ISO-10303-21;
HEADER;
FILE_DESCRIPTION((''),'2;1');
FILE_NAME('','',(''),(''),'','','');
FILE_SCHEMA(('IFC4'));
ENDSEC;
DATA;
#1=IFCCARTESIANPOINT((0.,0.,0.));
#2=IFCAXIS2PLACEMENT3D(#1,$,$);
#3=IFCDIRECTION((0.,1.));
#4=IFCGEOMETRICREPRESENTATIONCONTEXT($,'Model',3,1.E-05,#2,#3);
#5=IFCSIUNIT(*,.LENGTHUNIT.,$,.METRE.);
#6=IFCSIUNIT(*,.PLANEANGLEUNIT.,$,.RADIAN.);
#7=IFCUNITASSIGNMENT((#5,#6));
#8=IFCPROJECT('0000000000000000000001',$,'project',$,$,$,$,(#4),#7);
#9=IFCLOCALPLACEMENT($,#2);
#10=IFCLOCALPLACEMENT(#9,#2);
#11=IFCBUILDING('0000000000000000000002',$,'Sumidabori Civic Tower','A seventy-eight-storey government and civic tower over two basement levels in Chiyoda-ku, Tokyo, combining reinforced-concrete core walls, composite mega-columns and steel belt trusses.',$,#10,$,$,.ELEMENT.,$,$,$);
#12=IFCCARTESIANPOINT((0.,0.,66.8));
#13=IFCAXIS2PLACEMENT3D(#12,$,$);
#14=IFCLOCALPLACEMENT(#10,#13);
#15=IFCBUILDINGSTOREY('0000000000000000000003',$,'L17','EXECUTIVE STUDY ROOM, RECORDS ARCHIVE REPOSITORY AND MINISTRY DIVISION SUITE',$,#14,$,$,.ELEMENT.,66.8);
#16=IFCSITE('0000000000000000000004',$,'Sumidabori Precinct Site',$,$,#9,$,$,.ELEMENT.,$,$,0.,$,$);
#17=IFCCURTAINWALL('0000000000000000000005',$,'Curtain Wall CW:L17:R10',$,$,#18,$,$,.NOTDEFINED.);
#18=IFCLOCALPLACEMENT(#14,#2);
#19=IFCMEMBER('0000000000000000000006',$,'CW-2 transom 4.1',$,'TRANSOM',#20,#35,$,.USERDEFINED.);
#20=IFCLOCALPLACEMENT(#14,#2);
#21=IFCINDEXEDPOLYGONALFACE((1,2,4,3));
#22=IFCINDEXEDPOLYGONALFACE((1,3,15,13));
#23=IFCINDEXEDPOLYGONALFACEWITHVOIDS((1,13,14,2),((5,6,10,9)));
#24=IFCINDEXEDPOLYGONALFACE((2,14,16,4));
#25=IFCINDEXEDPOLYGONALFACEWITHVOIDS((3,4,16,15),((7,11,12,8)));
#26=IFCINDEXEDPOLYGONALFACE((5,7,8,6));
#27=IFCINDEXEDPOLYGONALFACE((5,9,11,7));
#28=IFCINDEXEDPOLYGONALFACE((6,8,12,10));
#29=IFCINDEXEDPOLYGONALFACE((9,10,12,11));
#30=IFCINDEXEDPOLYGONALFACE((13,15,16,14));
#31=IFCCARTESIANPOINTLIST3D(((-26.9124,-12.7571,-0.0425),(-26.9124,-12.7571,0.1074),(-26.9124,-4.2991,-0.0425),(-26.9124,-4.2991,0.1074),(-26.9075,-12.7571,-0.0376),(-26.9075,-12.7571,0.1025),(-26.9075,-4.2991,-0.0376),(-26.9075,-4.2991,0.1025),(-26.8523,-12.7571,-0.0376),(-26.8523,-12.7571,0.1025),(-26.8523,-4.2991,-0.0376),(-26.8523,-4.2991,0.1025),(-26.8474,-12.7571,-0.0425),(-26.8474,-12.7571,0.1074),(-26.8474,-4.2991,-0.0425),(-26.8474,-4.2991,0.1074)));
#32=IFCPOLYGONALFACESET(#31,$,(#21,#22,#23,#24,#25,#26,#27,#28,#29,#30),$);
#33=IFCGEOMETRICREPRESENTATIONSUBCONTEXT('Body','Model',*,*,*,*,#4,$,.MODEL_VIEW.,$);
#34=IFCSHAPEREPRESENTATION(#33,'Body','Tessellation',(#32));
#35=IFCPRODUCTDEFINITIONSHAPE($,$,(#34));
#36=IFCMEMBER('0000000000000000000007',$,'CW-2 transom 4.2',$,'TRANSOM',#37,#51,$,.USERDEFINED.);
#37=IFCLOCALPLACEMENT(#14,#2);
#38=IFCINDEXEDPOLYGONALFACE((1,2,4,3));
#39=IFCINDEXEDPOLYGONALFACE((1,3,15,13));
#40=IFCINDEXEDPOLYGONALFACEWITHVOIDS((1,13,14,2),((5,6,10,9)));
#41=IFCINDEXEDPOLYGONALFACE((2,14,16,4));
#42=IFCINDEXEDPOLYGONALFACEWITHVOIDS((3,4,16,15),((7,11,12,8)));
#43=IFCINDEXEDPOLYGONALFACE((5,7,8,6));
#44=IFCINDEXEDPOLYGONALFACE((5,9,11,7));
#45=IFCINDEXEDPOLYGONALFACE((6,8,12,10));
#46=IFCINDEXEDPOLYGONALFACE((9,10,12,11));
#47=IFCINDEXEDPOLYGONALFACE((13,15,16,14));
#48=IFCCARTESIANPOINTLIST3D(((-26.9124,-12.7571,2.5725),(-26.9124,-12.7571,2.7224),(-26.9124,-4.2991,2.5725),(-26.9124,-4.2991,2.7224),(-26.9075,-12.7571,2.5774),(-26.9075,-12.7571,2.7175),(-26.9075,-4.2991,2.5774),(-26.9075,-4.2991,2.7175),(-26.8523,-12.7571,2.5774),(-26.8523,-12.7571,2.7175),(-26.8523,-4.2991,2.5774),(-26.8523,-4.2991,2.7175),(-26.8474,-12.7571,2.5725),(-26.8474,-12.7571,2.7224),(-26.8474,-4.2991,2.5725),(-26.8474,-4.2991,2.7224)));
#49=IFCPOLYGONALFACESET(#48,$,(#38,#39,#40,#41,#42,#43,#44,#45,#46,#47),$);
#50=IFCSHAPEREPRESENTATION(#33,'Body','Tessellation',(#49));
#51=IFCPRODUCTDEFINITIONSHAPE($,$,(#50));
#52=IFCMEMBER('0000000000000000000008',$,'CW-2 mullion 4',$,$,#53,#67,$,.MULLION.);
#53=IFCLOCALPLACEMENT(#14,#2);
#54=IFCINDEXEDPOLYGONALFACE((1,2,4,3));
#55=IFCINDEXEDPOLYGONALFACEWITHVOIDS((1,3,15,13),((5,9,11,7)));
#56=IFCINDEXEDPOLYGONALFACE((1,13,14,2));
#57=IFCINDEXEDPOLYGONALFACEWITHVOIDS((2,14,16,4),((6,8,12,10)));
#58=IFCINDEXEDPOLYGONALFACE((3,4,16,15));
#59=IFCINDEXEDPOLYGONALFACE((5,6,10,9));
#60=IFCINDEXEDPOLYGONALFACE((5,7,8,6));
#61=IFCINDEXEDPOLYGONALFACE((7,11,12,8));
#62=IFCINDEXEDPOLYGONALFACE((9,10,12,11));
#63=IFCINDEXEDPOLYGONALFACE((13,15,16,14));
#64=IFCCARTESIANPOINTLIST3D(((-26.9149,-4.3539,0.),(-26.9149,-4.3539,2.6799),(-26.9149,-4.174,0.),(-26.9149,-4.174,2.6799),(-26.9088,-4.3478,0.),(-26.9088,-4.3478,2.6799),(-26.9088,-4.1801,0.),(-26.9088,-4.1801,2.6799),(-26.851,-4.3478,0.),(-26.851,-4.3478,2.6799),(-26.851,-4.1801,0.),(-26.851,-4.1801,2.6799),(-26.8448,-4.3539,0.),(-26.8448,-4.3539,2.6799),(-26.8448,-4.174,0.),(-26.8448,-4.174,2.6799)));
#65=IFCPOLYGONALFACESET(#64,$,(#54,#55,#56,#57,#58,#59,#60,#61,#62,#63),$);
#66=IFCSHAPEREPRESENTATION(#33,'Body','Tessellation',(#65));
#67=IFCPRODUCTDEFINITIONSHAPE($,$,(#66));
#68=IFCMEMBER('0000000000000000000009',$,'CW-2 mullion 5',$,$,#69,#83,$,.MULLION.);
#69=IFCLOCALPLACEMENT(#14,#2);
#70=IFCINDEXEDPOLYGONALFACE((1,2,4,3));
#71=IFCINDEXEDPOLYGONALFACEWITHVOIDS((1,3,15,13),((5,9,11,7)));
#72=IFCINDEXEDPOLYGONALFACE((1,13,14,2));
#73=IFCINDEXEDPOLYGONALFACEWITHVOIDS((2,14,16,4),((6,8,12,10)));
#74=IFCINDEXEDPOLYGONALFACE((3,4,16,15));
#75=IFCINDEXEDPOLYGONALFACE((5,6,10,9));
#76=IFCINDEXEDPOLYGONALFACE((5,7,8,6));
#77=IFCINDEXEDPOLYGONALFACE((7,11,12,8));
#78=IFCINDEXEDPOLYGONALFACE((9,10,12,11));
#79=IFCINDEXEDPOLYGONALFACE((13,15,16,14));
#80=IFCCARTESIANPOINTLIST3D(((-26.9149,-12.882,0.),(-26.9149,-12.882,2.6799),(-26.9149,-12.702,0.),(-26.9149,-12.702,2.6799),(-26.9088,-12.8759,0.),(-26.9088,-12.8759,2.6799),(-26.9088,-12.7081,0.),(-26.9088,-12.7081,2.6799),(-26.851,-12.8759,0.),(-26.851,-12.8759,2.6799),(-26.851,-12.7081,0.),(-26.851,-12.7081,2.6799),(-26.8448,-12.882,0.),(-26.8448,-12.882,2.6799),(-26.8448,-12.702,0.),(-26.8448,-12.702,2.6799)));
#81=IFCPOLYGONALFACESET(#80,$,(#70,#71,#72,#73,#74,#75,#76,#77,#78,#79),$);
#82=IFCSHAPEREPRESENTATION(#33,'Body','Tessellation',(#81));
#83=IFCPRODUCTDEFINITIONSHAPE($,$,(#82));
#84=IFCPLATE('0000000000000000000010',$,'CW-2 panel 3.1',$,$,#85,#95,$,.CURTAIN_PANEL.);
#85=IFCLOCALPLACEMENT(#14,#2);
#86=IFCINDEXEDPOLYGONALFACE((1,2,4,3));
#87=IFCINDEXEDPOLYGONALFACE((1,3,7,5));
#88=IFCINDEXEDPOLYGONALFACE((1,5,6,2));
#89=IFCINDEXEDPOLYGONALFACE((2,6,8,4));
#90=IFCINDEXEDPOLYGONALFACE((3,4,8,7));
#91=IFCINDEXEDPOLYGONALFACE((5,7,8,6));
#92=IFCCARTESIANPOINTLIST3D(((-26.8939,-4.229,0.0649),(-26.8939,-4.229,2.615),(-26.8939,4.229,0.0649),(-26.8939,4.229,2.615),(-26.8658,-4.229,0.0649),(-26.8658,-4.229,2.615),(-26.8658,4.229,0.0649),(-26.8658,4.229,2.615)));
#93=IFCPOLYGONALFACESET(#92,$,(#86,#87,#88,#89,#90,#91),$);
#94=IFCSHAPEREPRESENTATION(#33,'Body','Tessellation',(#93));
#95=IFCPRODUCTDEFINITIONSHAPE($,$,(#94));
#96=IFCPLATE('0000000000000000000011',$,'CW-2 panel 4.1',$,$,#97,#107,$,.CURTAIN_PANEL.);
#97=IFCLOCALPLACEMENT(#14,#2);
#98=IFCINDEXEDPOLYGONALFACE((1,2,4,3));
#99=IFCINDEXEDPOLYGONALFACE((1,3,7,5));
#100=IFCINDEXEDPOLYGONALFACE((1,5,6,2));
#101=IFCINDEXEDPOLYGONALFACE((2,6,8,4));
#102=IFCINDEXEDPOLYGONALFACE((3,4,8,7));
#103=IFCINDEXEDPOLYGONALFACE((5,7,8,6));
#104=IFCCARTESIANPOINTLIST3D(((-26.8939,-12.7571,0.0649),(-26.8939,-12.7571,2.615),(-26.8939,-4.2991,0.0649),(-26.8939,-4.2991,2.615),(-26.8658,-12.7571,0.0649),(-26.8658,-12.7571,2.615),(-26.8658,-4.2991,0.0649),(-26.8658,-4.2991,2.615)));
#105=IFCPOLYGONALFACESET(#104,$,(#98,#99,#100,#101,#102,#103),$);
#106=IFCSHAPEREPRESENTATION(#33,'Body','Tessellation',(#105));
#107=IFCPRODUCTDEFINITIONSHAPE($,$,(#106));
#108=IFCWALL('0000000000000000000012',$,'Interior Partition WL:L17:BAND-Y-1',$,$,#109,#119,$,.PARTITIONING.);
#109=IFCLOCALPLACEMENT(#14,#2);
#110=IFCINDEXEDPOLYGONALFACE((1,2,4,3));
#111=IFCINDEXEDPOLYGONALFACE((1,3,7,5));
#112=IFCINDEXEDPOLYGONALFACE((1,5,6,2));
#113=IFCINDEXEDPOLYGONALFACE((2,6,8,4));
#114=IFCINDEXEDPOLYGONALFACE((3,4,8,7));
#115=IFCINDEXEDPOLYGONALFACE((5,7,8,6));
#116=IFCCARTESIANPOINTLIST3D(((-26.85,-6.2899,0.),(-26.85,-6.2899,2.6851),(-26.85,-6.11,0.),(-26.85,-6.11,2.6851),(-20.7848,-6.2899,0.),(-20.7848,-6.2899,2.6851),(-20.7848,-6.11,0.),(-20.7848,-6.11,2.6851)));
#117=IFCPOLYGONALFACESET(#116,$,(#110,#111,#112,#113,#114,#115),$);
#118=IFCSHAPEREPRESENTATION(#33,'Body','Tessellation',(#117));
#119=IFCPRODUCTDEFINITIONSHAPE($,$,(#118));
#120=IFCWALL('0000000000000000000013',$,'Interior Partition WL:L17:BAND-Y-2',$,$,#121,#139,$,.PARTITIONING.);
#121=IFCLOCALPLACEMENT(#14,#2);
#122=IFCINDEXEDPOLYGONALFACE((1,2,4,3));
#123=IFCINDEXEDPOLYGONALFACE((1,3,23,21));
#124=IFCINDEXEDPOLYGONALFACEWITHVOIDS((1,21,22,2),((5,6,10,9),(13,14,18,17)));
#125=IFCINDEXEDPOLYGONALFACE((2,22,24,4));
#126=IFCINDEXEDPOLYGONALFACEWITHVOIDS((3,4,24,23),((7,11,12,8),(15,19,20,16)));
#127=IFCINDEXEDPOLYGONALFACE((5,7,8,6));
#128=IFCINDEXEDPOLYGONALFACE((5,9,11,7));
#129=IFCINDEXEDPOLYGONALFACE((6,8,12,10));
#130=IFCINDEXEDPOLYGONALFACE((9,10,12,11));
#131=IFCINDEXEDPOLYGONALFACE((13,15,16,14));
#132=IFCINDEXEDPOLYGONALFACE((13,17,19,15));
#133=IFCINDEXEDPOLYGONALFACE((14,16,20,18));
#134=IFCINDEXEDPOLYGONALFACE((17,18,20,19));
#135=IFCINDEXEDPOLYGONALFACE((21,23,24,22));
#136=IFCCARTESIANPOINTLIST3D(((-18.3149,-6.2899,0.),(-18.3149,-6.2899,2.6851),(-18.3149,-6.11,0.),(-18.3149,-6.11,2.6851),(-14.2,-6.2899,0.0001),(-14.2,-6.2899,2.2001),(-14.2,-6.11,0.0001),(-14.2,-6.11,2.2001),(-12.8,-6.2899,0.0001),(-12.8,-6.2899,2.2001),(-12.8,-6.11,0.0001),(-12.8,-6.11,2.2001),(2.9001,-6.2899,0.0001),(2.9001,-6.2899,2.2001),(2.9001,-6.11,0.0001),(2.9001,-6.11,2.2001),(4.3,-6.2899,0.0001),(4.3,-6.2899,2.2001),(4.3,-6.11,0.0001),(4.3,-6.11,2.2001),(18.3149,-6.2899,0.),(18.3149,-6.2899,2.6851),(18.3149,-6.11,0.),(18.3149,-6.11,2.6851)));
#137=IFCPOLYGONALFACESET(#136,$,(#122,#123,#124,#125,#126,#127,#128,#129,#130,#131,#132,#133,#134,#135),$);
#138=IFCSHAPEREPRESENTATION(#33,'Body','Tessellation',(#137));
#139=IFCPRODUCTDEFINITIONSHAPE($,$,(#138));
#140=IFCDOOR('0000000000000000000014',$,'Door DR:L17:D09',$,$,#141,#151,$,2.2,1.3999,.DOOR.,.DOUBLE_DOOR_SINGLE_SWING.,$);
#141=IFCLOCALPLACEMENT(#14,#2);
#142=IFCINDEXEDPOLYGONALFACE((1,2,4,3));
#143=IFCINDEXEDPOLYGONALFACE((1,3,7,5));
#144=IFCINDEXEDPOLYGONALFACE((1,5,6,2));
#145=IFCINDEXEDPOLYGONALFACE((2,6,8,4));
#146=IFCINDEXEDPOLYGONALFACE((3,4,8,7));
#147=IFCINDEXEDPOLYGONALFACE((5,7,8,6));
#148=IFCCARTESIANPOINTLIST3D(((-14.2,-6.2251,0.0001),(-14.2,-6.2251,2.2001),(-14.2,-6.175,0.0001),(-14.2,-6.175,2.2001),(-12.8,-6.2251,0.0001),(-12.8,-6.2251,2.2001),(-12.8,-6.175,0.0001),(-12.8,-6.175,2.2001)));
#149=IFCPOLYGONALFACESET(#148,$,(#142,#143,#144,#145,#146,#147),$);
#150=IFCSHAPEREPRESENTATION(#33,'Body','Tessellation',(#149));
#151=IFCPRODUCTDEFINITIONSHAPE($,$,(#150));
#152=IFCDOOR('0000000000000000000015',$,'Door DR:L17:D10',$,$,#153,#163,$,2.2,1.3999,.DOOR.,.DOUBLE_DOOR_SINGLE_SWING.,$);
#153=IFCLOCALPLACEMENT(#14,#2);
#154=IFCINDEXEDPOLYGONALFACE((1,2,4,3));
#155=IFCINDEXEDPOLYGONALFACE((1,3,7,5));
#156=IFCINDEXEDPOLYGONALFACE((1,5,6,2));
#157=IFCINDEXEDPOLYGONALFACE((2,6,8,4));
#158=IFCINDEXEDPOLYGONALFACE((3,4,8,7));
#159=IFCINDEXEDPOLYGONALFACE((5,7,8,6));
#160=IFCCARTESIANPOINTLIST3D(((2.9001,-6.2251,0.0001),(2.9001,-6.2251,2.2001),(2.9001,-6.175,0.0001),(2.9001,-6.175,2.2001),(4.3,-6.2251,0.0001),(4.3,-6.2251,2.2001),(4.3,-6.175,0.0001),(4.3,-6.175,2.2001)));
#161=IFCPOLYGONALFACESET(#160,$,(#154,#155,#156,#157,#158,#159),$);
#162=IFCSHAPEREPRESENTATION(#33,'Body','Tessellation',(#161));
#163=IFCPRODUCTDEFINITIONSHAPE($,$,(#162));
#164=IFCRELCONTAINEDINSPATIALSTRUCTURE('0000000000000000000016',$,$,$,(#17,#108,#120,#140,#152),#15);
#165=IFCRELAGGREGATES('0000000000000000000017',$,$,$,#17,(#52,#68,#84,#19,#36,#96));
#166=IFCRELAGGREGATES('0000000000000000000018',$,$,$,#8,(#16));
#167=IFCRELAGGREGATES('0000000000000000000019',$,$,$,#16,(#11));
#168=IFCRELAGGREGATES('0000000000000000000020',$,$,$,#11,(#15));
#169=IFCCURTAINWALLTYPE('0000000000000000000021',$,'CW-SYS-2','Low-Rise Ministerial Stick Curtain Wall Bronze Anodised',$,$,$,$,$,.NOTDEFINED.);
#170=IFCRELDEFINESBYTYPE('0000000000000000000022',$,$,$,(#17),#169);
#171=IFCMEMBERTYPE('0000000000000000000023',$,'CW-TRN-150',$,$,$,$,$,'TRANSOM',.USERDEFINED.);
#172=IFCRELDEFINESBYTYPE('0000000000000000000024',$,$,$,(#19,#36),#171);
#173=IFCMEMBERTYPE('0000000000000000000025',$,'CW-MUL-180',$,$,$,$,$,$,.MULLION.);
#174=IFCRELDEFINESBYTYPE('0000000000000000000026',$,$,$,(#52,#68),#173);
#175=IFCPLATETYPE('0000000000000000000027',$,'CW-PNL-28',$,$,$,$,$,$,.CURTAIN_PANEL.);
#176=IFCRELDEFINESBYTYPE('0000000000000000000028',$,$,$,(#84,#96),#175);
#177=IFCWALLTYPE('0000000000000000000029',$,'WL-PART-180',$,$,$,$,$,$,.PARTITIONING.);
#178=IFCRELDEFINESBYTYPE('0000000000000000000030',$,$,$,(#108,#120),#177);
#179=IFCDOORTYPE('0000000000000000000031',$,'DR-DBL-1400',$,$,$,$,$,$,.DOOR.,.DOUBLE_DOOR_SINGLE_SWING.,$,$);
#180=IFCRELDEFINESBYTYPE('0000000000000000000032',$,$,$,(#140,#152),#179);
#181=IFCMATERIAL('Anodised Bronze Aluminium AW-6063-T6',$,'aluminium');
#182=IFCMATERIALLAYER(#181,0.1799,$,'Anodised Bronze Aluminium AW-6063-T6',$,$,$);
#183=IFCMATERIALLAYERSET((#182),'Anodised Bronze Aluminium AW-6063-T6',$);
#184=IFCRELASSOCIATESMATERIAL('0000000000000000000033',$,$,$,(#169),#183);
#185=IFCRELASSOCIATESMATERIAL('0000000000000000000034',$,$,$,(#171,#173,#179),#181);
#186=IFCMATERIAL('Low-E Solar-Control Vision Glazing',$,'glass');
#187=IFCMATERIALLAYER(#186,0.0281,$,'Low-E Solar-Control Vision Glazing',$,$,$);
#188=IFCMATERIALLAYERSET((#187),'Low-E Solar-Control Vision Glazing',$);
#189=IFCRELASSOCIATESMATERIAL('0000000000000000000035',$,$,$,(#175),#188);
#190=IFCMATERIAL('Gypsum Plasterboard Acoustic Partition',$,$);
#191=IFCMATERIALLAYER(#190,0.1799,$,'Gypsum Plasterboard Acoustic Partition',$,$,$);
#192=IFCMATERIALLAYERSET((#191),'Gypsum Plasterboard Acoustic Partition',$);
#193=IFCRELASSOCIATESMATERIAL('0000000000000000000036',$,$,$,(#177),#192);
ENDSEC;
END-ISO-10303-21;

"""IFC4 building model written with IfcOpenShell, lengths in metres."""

from ifc_helpers import new_model, si_unit, direction, frame, frame_2d, origin, origin_2d, place, context, subcontext, project, spatial, rectangle, hollow_rectangle, extrude, source, transform, mapped, material, layer, layer_set, material_profile, profile_set, type_object, element, fill, aggregate, save


model = new_model("IFC4")

# Units and contexts
model_context = context("Model", 3, precision=1e-05, world=origin(), true_north=direction((0.0, 1.0)))
body_context = subcontext(model_context, "Body", "Model", "MODEL_VIEW")
ifc_project = project(units=[si_unit("LENGTHUNIT", "METRE"), si_unit("PLANEANGLEUNIT", "RADIAN")], contexts=[model_context])

# Site, building, storey
site_placement = place(None, origin())
site = spatial("IfcSite", under=ifc_project, at=site_placement, Name="Sumidabori Precinct Site", CompositionType="ELEMENT", RefElevation=0.0)
building_placement = place(site_placement, origin())
building = spatial("IfcBuilding", under=site, at=building_placement, Name="Sumidabori Civic Tower", Description="A seventy-eight-storey government and civic tower over two basement levels in Chiyoda-ku, Tokyo, combining reinforced-concrete core walls, composite mega-columns and steel belt trusses.", CompositionType="ELEMENT")
storey_placement = place(building_placement, frame((0.0, 0.0, 66.8)))
storey = spatial("IfcBuildingStorey", under=building, at=storey_placement, Name="L17", Description="EXECUTIVE STUDY ROOM, RECORDS ARCHIVE REPOSITORY AND MINISTRY DIVISION SUITE", CompositionType="ELEMENT", Elevation=66.8)

# Curtain wall, members, plates
ifc_material_1 = material(Name="Anodised Bronze Aluminium AW-6063-T6", Category="aluminium")
ifc_layer_1 = layer(ifc_material_1, 0.1799, Name="Anodised Bronze Aluminium AW-6063-T6")
ifc_layer_set_1 = layer_set([ifc_layer_1], Name="Anodised Bronze Aluminium AW-6063-T6")
curtain_wall_type = type_object("IfcCurtainWallType", Name="CW-SYS-2", Description="Low-Rise Ministerial Stick Curtain Wall Bronze Anodised", PredefinedType="NOTDEFINED", material=ifc_layer_set_1)
curtain_wall_placement = place(storey_placement, origin())
curtain_wall = element("IfcCurtainWall", 1, at=curtain_wall_placement, inside=storey, type_object=curtain_wall_type, Name="Curtain Wall CW:L17:R10", PredefinedType="NOTDEFINED")
ifc_material_profile_1 = material_profile(ifc_material_1, hollow_rectangle(XDim=0.0649, YDim=0.1499, WallThickness=0.0049, at=origin_2d()), Name="ALU TRANSOM 150x65")
ifc_profile_set_1 = profile_set([ifc_material_profile_1], Name="Anodised Bronze Aluminium AW-6063-T6")
member_type_1 = type_object("IfcMemberType", Name="CW-TRN-150", ElementType="TRANSOM", PredefinedType="USERDEFINED", material=ifc_profile_set_1)
shared_shape_1 = source(origin(), body_context, "Body", "SweptSolid", [
    extrude(hollow_rectangle(XDim=0.0649, YDim=0.1499, WallThickness=0.0049, at=origin_2d()), origin(), (0.0, 0.0, 1.0), 8.458),
])
member_1_placement = place(storey_placement, frame((-26.8799, -4.2991, 0.0325), z_axis=(0.0, -1.0, 0.0), x_axis=(1.0, 0.0, 0.0)))
member_1 = element("IfcMember", 2, at=member_1_placement, type_object=member_type_1, Name="CW-2 transom 4.1", ObjectType="TRANSOM", PredefinedType="USERDEFINED", context=body_context, shape_type="MappedRepresentation", body=[
    mapped(shared_shape_1, transform((0.0, 0.0, 0.0), x_axis=(1.0, 0.0, 0.0), y_axis=(0.0, 1.0, 0.0), z_axis=(0.0, 0.0, 1.0), scale=1.0)),
])
member_2_placement = place(storey_placement, frame((-26.8799, -4.2991, 2.6475), z_axis=(0.0, -1.0, 0.0), x_axis=(1.0, 0.0, 0.0)))
member_2 = element("IfcMember", 3, at=member_2_placement, type_object=member_type_1, Name="CW-2 transom 4.2", ObjectType="TRANSOM", PredefinedType="USERDEFINED", context=body_context, shape_type="MappedRepresentation", body=[
    mapped(shared_shape_1, transform((0.0, 0.0, 0.0), x_axis=(1.0, 0.0, 0.0), y_axis=(0.0, 1.0, 0.0), z_axis=(0.0, 0.0, 1.0), scale=1.0)),
])
ifc_material_profile_2 = material_profile(ifc_material_1, hollow_rectangle(XDim=0.0701, YDim=0.1799, WallThickness=0.0061, at=origin_2d()), Name="ALU MULLION 180x70")
ifc_profile_set_2 = profile_set([ifc_material_profile_2], Name="Anodised Bronze Aluminium AW-6063-T6")
member_type_2 = type_object("IfcMemberType", Name="CW-MUL-180", PredefinedType="MULLION", material=ifc_profile_set_2)
shared_shape_2 = source(origin(), body_context, "Body", "SweptSolid", [
    extrude(hollow_rectangle(XDim=0.0701, YDim=0.1799, WallThickness=0.0061, at=origin_2d()), origin(), (0.0, 0.0, 1.0), 2.6799),
])
member_3_placement = place(storey_placement, frame((-26.8799, -4.2639, 0.0), z_axis=(0.0, 0.0, 1.0), x_axis=(1.0, 0.0, 0.0)))
member_3 = element("IfcMember", 4, at=member_3_placement, type_object=member_type_2, Name="CW-2 mullion 4", PredefinedType="MULLION", context=body_context, shape_type="MappedRepresentation", body=[
    mapped(shared_shape_2, transform((0.0, 0.0, 0.0), x_axis=(1.0, 0.0, 0.0), y_axis=(0.0, 1.0, 0.0), z_axis=(0.0, 0.0, 1.0), scale=1.0)),
])
member_4_placement = place(storey_placement, frame((-26.8799, -12.792, 0.0), z_axis=(0.0, 0.0, 1.0), x_axis=(1.0, 0.0, 0.0)))
member_4 = element("IfcMember", 5, at=member_4_placement, type_object=member_type_2, Name="CW-2 mullion 5", PredefinedType="MULLION", context=body_context, shape_type="MappedRepresentation", body=[
    mapped(shared_shape_2, transform((0.0, 0.0, 0.0), x_axis=(1.0, 0.0, 0.0), y_axis=(0.0, 1.0, 0.0), z_axis=(0.0, 0.0, 1.0), scale=1.0)),
])
ifc_material_2 = material(Name="Low-E Solar-Control Vision Glazing", Category="glass")
ifc_layer_2 = layer(ifc_material_2, 0.0281, Name="Low-E Solar-Control Vision Glazing")
ifc_layer_set_2 = layer_set([ifc_layer_2], Name="Low-E Solar-Control Vision Glazing")
plate_type = type_object("IfcPlateType", Name="CW-PNL-28", PredefinedType="CURTAIN_PANEL", material=ifc_layer_set_2)
shared_shape_3 = source(origin(), body_context, "Body", "SweptSolid", [
    extrude(rectangle(XDim=8.458, YDim=0.0281, at=origin_2d()), origin(), (0.0, 0.0, 1.0), 2.55),
])
plate_1_placement = place(storey_placement, frame((-26.8799, 0.0, 0.0649), z_axis=(0.0, 0.0, 1.0), x_axis=(0.0, -1.0, 0.0)))
plate_1 = element("IfcPlate", 6, at=plate_1_placement, type_object=plate_type, Name="CW-2 panel 3.1", PredefinedType="CURTAIN_PANEL", context=body_context, shape_type="MappedRepresentation", body=[
    mapped(shared_shape_3, transform((0.0, 0.0, 0.0), x_axis=(1.0, 0.0, 0.0), y_axis=(0.0, 1.0, 0.0), z_axis=(0.0, 0.0, 1.0), scale=1.0)),
])
plate_2_placement = place(storey_placement, frame((-26.8799, -8.5281, 0.0649), z_axis=(0.0, 0.0, 1.0), x_axis=(0.0, -1.0, 0.0)))
plate_2 = element("IfcPlate", 7, at=plate_2_placement, type_object=plate_type, Name="CW-2 panel 4.1", PredefinedType="CURTAIN_PANEL", context=body_context, shape_type="MappedRepresentation", body=[
    mapped(shared_shape_3, transform((0.0, 0.0, 0.0), x_axis=(1.0, 0.0, 0.0), y_axis=(0.0, 1.0, 0.0), z_axis=(0.0, 0.0, 1.0), scale=1.0)),
])
aggregate(curtain_wall, [member_3, member_4, plate_1, member_1, member_2, plate_2])

# Wall
ifc_material_3 = material(Name="Gypsum Plasterboard Acoustic Partition")
ifc_layer_3 = layer(ifc_material_3, 0.1799, Name="Gypsum Plasterboard Acoustic Partition")
ifc_layer_set_3 = layer_set([ifc_layer_3], Name="Gypsum Plasterboard Acoustic Partition")
wall_type = type_object("IfcWallType", Name="WL-PART-180", PredefinedType="PARTITIONING", material=ifc_layer_set_3)
shared_shape_4 = source(origin(), body_context, "Body", "SweptSolid", [
    extrude(rectangle(XDim=6.0652, YDim=0.1799, at=frame_2d((3.0327, 0.0))), origin(), (0.0, 0.0, 1.0), 2.6851),
])
wall_1_placement = place(storey_placement, frame((-26.8501, -6.2, 0.0), z_axis=(0.0, 0.0, 1.0), x_axis=(1.0, 0.0, 0.0)))
element("IfcWall", 8, at=wall_1_placement, inside=storey, type_object=wall_type, Name="Interior Partition WL:L17:BAND-Y-1", PredefinedType="PARTITIONING", context=body_context, shape_type="MappedRepresentation", body=[
    mapped(shared_shape_4, transform((0.0, 0.0, 0.0), x_axis=(1.0, 0.0, 0.0), y_axis=(0.0, 1.0, 0.0), z_axis=(0.0, 0.0, 1.0), scale=1.0)),
])

# Wall, openings, doors
shared_shape_5 = source(origin(), body_context, "Body", "SweptSolid", [
    extrude(rectangle(XDim=36.6299, YDim=0.1799, at=frame_2d((18.3149, 0.0))), origin(), (0.0, 0.0, 1.0), 2.6851),
])
wall_2_placement = place(storey_placement, frame((-18.3149, -6.2, 0.0), z_axis=(0.0, 0.0, 1.0), x_axis=(1.0, 0.0, 0.0)))
wall_2 = element("IfcWall", 9, at=wall_2_placement, inside=storey, type_object=wall_type, Name="Interior Partition WL:L17:BAND-Y-2", PredefinedType="PARTITIONING", context=body_context, shape_type="MappedRepresentation", body=[
    mapped(shared_shape_5, transform((0.0, 0.0, 0.0), x_axis=(1.0, 0.0, 0.0), y_axis=(0.0, 1.0, 0.0), z_axis=(0.0, 0.0, 1.0), scale=1.0)),
])
opening_1_placement = place(wall_2_placement, frame((4.115, 0.0, 0.0)))
opening_1 = element("IfcOpeningElement", 10, at=opening_1_placement, cuts=wall_2, PredefinedType="OPENING", context=body_context, shape_type="SweptSolid", body=[
    extrude(rectangle(XDim=1.3999, YDim=2.2, at=frame_2d((0.7, 1.1001))), frame((0.0, 0.1021, 0.0), z_axis=(0.0, -1.0, 0.0), x_axis=(1.0, 0.0, 0.0)), (0.0, 0.0, 1.0), 0.2039),
])
opening_2_placement = place(wall_2_placement, frame((21.2151, 0.0, 0.0)))
opening_2 = element("IfcOpeningElement", 11, at=opening_2_placement, cuts=wall_2, PredefinedType="OPENING", context=body_context, shape_type="SweptSolid", body=[
    extrude(rectangle(XDim=1.3999, YDim=2.2, at=frame_2d((0.7, 1.1001))), frame((0.0, 0.1021, 0.0), z_axis=(0.0, -1.0, 0.0), x_axis=(1.0, 0.0, 0.0)), (0.0, 0.0, 1.0), 0.2039),
])
door_type = type_object("IfcDoorType", Name="DR-DBL-1400", OperationType="DOUBLE_DOOR_SINGLE_SWING", PredefinedType="DOOR", material=ifc_material_1)
shared_shape_6 = source(origin(), body_context, "Body", "SweptSolid", [
    extrude(rectangle(XDim=1.3999, YDim=2.2, at=frame_2d((0.7, 1.1001))), frame((0.0, 0.0249, 0.0), z_axis=(0.0, -1.0, 0.0), x_axis=(1.0, 0.0, 0.0)), (0.0, 0.0, 1.0), 0.05),
])
door_1_placement = place(opening_1_placement, origin())
door_1 = element("IfcDoor", 12, at=door_1_placement, inside=storey, type_object=door_type, Name="Door DR:L17:D09", OperationType="DOUBLE_DOOR_SINGLE_SWING", OverallHeight=2.2, OverallWidth=1.3999, PredefinedType="DOOR", context=body_context, shape_type="MappedRepresentation", body=[
    mapped(shared_shape_6, transform((0.0, 0.0, 0.0), x_axis=(1.0, 0.0, 0.0), y_axis=(0.0, 1.0, 0.0), z_axis=(0.0, 0.0, 1.0), scale=1.0)),
])
fill(opening_1, door_1)
door_2_placement = place(opening_2_placement, origin())
door_2 = element("IfcDoor", 13, at=door_2_placement, inside=storey, type_object=door_type, Name="Door DR:L17:D10", OperationType="DOUBLE_DOOR_SINGLE_SWING", OverallHeight=2.2, OverallWidth=1.3999, PredefinedType="DOOR", context=body_context, shape_type="MappedRepresentation", body=[
    mapped(shared_shape_6, transform((0.0, 0.0, 0.0), x_axis=(1.0, 0.0, 0.0), y_axis=(0.0, 1.0, 0.0), z_axis=(0.0, 0.0, 1.0), scale=1.0)),
])
fill(opening_2, door_2)

save(model, "model.ifc")
